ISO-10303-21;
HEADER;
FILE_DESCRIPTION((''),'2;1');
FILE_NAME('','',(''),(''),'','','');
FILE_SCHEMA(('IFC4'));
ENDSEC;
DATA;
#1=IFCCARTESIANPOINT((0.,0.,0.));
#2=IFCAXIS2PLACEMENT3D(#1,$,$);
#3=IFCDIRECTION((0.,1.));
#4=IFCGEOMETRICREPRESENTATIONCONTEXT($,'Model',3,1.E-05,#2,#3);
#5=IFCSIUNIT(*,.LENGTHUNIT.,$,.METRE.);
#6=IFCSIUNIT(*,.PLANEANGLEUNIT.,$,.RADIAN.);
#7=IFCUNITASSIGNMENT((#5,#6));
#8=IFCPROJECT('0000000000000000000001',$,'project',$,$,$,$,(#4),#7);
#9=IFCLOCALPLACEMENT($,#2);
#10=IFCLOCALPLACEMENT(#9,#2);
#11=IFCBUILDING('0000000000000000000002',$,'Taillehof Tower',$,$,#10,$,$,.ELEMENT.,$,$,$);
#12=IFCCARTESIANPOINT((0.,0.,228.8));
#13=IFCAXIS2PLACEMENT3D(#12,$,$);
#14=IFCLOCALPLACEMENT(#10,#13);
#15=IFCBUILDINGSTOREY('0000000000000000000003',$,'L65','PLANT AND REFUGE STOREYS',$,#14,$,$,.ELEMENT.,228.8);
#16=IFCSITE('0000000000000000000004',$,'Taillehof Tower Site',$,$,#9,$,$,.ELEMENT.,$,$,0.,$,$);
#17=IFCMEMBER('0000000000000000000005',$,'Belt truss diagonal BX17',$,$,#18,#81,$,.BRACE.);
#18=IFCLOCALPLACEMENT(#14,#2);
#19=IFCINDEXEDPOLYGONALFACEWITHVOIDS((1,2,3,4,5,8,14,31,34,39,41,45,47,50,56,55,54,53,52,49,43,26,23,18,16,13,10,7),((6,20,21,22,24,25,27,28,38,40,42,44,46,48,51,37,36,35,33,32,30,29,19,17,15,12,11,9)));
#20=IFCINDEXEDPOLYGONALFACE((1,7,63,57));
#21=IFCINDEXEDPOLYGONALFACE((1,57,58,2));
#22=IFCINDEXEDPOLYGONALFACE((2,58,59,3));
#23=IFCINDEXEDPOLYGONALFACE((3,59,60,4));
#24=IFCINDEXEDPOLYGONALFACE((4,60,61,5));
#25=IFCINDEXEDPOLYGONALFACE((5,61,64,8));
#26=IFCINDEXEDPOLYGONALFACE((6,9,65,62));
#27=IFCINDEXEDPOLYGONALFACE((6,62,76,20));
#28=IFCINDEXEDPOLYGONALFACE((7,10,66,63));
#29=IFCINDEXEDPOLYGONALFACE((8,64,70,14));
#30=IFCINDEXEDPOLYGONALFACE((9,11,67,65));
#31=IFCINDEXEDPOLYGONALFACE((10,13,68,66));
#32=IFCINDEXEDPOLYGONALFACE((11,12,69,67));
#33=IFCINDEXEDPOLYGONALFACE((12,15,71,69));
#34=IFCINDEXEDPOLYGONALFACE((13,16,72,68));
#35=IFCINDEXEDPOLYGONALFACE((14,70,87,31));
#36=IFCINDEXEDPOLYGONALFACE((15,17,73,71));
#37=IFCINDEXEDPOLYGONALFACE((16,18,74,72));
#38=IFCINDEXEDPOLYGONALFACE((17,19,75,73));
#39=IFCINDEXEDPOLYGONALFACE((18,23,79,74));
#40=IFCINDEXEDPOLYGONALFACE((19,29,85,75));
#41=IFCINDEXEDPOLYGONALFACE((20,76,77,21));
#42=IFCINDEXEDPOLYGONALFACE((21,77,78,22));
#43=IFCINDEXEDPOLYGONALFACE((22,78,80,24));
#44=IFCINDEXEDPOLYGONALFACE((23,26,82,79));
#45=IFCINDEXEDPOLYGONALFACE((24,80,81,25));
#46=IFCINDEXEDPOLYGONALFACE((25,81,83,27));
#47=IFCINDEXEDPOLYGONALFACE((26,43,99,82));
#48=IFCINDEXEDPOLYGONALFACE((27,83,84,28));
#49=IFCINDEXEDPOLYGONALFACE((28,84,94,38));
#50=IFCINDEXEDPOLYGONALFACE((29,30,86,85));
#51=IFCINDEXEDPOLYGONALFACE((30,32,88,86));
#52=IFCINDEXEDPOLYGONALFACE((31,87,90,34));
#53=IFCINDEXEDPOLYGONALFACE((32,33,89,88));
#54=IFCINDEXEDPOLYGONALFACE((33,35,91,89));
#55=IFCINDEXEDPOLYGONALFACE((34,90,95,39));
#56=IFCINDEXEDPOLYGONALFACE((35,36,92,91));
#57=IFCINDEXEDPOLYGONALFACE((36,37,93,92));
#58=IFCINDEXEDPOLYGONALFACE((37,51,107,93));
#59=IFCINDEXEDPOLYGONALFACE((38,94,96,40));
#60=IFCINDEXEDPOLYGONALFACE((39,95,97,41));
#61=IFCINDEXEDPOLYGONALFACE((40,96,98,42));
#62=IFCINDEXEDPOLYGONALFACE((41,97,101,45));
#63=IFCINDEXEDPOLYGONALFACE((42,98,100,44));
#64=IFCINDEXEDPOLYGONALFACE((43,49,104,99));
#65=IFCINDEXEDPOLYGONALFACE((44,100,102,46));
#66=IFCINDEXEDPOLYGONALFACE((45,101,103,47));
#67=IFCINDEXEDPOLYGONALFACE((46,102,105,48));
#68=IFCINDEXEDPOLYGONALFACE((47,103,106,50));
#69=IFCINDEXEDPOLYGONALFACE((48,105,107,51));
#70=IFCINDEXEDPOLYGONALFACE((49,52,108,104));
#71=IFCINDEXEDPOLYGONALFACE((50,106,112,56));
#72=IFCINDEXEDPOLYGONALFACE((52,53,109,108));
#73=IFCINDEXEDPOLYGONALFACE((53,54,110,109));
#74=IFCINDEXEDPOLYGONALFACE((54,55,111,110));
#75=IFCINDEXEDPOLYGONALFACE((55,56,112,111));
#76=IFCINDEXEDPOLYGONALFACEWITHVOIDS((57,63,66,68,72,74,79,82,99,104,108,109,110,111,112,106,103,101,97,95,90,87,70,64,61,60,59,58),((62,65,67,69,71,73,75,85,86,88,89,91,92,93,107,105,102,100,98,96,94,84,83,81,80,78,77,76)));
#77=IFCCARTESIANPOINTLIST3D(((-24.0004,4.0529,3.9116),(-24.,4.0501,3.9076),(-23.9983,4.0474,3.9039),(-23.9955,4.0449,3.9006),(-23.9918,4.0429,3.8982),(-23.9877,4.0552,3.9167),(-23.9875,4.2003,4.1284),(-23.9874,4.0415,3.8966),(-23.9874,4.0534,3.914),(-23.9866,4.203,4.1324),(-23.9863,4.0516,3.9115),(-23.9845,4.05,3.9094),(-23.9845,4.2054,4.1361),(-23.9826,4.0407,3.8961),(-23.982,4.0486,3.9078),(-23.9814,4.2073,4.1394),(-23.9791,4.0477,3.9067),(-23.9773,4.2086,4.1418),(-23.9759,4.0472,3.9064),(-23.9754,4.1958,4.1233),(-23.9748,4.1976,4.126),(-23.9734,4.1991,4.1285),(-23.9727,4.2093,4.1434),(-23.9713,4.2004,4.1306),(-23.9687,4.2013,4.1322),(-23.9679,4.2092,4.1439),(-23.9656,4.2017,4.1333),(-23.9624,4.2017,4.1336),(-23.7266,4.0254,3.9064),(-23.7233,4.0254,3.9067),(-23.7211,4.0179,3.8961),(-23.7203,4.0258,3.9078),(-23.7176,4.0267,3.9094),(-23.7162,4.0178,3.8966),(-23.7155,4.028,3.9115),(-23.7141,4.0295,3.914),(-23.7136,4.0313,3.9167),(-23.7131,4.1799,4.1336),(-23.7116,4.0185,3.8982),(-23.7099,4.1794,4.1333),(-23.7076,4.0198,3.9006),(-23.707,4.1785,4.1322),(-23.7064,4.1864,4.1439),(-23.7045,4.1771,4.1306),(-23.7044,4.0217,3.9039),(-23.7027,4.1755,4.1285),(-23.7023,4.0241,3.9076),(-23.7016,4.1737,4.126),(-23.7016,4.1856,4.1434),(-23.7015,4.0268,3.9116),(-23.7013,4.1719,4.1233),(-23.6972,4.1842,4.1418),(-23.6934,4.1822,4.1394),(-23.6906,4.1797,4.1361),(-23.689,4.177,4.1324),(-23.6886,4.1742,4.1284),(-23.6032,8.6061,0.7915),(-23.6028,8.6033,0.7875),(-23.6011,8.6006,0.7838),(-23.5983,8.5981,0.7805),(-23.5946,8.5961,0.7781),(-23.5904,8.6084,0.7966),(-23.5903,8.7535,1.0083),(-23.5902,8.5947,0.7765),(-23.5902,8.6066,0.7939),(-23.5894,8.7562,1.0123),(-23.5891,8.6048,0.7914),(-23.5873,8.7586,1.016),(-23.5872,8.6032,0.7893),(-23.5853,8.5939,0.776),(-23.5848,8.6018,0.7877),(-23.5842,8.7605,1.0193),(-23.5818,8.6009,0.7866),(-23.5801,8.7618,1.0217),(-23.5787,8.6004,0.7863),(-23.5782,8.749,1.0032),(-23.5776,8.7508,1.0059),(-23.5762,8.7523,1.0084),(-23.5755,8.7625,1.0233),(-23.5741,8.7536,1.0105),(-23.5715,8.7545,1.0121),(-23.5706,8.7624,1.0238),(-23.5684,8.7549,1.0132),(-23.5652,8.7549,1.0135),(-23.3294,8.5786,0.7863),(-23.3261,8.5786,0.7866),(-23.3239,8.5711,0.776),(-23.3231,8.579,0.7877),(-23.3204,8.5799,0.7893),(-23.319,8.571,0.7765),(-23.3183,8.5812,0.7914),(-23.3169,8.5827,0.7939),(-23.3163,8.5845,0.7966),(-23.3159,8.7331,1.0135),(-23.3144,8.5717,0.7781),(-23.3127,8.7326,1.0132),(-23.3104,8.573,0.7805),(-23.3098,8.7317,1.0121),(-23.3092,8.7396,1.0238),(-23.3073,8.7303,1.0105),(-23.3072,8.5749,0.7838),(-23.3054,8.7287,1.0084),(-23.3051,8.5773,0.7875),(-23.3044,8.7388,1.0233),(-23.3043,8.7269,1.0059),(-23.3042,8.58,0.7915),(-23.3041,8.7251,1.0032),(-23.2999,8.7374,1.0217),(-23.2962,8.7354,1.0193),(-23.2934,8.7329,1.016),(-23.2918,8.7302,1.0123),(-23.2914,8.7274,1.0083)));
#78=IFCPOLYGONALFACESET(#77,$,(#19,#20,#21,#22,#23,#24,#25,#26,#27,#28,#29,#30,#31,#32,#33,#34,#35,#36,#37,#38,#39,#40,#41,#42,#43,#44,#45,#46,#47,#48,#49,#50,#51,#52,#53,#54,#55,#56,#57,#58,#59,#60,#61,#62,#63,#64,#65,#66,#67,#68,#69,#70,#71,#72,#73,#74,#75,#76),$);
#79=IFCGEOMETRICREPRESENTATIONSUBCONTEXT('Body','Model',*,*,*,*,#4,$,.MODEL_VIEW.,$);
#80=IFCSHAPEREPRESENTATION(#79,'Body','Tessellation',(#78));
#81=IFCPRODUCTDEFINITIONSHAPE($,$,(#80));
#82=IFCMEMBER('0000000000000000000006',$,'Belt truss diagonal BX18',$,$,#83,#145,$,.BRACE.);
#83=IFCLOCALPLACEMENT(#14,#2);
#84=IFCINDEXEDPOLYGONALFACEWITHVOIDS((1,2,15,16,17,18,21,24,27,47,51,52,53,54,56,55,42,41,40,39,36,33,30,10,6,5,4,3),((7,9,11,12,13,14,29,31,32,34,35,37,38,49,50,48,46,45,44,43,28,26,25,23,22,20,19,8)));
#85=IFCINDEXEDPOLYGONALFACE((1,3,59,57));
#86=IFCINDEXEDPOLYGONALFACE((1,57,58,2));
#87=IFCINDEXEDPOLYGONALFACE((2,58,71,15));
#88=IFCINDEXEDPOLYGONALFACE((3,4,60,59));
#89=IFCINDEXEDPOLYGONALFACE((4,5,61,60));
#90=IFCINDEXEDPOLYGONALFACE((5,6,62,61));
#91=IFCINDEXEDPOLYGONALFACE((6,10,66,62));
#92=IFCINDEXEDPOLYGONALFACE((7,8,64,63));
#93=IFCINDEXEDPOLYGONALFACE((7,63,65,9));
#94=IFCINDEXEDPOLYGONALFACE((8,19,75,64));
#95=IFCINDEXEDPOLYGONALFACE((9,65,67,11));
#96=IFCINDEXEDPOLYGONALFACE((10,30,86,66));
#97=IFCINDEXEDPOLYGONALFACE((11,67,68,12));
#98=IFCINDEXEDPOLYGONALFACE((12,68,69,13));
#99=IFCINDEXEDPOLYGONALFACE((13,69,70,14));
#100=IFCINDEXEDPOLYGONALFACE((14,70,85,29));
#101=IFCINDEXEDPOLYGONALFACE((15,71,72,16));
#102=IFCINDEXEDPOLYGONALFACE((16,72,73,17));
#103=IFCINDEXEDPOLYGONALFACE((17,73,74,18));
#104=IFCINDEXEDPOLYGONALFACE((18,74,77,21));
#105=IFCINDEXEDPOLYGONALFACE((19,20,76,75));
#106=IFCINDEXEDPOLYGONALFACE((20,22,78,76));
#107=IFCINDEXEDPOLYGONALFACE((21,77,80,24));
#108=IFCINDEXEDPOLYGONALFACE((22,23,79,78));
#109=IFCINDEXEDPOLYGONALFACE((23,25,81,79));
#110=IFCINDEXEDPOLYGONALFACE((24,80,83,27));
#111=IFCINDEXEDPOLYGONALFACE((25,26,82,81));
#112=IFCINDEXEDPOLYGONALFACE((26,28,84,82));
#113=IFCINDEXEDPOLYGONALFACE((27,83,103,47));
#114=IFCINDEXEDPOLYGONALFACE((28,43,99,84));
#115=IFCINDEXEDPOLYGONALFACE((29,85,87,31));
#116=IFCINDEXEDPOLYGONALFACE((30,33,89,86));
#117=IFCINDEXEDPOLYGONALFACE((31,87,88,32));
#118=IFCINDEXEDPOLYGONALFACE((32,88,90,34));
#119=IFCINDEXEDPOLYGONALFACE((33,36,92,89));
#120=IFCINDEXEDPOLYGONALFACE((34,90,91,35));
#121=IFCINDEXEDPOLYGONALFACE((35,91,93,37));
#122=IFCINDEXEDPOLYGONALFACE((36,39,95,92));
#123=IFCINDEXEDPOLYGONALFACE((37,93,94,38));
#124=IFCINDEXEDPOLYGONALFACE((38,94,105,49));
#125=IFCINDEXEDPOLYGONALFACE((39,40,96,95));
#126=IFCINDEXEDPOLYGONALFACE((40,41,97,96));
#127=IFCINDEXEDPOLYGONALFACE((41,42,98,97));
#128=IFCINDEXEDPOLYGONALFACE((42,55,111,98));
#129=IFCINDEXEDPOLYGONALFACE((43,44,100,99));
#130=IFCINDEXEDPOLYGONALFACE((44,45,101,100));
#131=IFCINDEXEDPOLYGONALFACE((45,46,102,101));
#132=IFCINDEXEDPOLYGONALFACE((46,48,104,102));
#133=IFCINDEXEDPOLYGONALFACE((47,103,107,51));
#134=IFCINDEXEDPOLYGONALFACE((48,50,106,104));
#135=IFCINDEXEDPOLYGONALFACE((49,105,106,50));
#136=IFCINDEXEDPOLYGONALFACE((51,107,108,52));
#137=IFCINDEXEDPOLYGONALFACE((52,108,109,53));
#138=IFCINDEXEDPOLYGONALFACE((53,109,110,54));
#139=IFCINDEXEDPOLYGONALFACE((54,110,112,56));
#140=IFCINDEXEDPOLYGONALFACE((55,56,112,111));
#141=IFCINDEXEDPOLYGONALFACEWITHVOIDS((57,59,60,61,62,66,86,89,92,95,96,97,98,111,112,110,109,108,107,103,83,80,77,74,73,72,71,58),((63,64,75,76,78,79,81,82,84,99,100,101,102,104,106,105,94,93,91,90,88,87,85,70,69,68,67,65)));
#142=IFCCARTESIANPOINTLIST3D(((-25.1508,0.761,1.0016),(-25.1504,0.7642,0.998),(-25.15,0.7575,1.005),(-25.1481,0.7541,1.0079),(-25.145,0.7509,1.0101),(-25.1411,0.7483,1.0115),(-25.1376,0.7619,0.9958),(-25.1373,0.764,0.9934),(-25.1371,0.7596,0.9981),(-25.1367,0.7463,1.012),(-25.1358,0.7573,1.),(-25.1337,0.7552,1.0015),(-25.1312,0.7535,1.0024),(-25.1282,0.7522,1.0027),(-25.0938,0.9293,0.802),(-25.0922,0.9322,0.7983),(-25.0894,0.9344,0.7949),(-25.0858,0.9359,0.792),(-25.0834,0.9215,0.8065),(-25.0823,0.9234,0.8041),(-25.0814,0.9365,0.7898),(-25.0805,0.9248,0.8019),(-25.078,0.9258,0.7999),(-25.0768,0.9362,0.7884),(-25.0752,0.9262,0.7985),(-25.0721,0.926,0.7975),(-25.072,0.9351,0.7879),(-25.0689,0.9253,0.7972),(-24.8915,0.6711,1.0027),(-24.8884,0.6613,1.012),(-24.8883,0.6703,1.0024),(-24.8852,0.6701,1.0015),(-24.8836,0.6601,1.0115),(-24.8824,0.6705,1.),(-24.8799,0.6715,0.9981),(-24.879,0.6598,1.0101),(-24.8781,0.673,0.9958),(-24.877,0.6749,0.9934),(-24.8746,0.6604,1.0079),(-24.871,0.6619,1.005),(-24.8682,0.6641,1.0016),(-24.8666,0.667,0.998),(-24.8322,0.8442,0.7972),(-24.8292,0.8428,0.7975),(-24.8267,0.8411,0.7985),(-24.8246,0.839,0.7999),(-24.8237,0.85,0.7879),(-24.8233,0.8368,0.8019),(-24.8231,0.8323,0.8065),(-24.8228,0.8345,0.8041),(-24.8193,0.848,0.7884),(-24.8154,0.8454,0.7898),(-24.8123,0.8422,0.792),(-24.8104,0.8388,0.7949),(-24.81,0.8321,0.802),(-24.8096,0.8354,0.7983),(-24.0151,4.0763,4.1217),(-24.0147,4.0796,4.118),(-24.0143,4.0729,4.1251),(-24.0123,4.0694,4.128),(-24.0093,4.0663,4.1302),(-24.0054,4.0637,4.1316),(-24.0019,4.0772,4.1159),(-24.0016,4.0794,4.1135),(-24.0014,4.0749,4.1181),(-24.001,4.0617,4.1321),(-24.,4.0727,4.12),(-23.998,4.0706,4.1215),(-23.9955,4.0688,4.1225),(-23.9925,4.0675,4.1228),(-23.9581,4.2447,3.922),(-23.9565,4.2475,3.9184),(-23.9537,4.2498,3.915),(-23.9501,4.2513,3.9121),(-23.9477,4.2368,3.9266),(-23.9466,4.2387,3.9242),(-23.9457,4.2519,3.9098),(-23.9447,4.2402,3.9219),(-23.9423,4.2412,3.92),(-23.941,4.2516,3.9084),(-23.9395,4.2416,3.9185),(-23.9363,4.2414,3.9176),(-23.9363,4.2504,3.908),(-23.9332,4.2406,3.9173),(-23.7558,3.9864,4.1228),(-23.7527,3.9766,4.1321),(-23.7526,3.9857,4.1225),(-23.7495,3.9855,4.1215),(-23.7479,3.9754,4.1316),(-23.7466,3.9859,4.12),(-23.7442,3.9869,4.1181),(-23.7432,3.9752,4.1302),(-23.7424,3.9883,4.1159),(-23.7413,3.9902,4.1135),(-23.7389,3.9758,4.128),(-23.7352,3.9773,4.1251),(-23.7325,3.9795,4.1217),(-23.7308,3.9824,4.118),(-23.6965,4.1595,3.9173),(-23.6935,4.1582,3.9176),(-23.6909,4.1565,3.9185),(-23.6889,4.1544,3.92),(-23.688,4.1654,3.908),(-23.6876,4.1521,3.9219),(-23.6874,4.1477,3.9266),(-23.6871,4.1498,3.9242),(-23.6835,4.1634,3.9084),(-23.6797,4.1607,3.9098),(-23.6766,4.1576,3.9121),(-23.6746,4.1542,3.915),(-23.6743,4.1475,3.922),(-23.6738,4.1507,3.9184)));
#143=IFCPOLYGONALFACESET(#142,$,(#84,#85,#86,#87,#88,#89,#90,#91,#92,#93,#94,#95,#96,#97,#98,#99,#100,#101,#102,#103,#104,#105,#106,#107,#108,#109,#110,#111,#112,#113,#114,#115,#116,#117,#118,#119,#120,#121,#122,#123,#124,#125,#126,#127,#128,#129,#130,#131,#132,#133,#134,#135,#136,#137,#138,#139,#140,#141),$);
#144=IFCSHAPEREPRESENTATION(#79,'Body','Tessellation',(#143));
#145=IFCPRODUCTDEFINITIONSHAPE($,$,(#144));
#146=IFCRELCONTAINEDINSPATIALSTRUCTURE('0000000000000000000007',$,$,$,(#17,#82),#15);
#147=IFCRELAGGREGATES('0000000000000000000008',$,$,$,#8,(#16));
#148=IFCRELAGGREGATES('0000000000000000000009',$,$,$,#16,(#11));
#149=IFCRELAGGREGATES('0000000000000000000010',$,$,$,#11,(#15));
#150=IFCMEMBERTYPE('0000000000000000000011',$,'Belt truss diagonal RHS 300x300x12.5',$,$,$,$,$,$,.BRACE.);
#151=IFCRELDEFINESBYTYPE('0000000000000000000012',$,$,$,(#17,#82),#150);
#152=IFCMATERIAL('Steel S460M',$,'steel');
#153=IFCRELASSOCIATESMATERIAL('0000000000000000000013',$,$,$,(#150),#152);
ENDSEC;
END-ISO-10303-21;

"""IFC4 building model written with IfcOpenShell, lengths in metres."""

from ifc_helpers import new_model, si_unit, direction, frame, origin, origin_2d, place, context, subcontext, project, spatial, hollow_rectangle, extrude, material, material_profile, profile_set, type_object, element, save


model = new_model("IFC4")

# Units and contexts
model_context = context("Model", 3, precision=1e-05, world=origin(), true_north=direction((0.0, 1.0)))
body_context = subcontext(model_context, "Body", "Model", "MODEL_VIEW")
ifc_project = project(units=[si_unit("LENGTHUNIT", "METRE"), si_unit("PLANEANGLEUNIT", "RADIAN")], contexts=[model_context])

# Site, building, storey
site_placement = place(None, origin())
site = spatial("IfcSite", under=ifc_project, at=site_placement, Name="Taillehof Tower Site", CompositionType="ELEMENT", RefElevation=0.0)
building_placement = place(site_placement, origin())
building = spatial("IfcBuilding", under=site, at=building_placement, Name="Taillehof Tower", CompositionType="ELEMENT")
storey_placement = place(building_placement, frame((0.0, 0.0, 228.8)))
storey = spatial("IfcBuildingStorey", under=building, at=storey_placement, Name="L65", Description="PLANT AND REFUGE STOREYS", CompositionType="ELEMENT", Elevation=228.8)

# Members
ifc_material_1 = material(Name="Steel S460M", Category="steel")
ifc_material_profile_1 = material_profile(ifc_material_1, hollow_rectangle(XDim=0.3, YDim=0.3, WallThickness=0.0125, InnerFilletRadius=0.0125, OuterFilletRadius=0.0188, at=origin_2d()), Name="RHS 300x300x12.5")
ifc_profile_set_1 = profile_set([ifc_material_profile_1], Name="Steel S460M")
member_type_1 = type_object("IfcMemberType", Name="Belt truss diagonal RHS 300x300x12.5", PredefinedType="BRACE", material=ifc_profile_set_1)
member_1_placement = place(storey_placement, frame((-23.4473, 8.6667, 0.8999), z_axis=(-0.071778, -0.822778, 0.563812), x_axis=(0.996216, -0.086909, 0.0)))
element("IfcMember", 1, at=member_1_placement, inside=storey, type_object=member_type_1, Name="Belt truss diagonal BX17", PredefinedType="BRACE", context=body_context, shape_type="SweptSolid", body=[
    extrude(hollow_rectangle(XDim=0.3, YDim=0.3, WallThickness=0.0125, InnerFilletRadius=0.0125, OuterFilletRadius=0.0188, at=origin_2d()), origin(), (0.0, 0.0, 1.0), 5.5339),
])
member_2_placement = place(storey_placement, frame((-23.8445, 4.1135, 4.02), z_axis=(-0.242047, -0.706577, -0.664953), x_axis=(0.946031, -0.324075, 0.0)))
element("IfcMember", 2, at=member_2_placement, inside=storey, type_object=member_type_1, Name="Belt truss diagonal BX18", PredefinedType="BRACE", context=body_context, shape_type="SweptSolid", body=[
    extrude(hollow_rectangle(XDim=0.3, YDim=0.3, WallThickness=0.0125, InnerFilletRadius=0.0125, OuterFilletRadius=0.0188, at=origin_2d()), origin(), (0.0, 0.0, 1.0), 4.6921),
])

save(model, "model.ifc")
